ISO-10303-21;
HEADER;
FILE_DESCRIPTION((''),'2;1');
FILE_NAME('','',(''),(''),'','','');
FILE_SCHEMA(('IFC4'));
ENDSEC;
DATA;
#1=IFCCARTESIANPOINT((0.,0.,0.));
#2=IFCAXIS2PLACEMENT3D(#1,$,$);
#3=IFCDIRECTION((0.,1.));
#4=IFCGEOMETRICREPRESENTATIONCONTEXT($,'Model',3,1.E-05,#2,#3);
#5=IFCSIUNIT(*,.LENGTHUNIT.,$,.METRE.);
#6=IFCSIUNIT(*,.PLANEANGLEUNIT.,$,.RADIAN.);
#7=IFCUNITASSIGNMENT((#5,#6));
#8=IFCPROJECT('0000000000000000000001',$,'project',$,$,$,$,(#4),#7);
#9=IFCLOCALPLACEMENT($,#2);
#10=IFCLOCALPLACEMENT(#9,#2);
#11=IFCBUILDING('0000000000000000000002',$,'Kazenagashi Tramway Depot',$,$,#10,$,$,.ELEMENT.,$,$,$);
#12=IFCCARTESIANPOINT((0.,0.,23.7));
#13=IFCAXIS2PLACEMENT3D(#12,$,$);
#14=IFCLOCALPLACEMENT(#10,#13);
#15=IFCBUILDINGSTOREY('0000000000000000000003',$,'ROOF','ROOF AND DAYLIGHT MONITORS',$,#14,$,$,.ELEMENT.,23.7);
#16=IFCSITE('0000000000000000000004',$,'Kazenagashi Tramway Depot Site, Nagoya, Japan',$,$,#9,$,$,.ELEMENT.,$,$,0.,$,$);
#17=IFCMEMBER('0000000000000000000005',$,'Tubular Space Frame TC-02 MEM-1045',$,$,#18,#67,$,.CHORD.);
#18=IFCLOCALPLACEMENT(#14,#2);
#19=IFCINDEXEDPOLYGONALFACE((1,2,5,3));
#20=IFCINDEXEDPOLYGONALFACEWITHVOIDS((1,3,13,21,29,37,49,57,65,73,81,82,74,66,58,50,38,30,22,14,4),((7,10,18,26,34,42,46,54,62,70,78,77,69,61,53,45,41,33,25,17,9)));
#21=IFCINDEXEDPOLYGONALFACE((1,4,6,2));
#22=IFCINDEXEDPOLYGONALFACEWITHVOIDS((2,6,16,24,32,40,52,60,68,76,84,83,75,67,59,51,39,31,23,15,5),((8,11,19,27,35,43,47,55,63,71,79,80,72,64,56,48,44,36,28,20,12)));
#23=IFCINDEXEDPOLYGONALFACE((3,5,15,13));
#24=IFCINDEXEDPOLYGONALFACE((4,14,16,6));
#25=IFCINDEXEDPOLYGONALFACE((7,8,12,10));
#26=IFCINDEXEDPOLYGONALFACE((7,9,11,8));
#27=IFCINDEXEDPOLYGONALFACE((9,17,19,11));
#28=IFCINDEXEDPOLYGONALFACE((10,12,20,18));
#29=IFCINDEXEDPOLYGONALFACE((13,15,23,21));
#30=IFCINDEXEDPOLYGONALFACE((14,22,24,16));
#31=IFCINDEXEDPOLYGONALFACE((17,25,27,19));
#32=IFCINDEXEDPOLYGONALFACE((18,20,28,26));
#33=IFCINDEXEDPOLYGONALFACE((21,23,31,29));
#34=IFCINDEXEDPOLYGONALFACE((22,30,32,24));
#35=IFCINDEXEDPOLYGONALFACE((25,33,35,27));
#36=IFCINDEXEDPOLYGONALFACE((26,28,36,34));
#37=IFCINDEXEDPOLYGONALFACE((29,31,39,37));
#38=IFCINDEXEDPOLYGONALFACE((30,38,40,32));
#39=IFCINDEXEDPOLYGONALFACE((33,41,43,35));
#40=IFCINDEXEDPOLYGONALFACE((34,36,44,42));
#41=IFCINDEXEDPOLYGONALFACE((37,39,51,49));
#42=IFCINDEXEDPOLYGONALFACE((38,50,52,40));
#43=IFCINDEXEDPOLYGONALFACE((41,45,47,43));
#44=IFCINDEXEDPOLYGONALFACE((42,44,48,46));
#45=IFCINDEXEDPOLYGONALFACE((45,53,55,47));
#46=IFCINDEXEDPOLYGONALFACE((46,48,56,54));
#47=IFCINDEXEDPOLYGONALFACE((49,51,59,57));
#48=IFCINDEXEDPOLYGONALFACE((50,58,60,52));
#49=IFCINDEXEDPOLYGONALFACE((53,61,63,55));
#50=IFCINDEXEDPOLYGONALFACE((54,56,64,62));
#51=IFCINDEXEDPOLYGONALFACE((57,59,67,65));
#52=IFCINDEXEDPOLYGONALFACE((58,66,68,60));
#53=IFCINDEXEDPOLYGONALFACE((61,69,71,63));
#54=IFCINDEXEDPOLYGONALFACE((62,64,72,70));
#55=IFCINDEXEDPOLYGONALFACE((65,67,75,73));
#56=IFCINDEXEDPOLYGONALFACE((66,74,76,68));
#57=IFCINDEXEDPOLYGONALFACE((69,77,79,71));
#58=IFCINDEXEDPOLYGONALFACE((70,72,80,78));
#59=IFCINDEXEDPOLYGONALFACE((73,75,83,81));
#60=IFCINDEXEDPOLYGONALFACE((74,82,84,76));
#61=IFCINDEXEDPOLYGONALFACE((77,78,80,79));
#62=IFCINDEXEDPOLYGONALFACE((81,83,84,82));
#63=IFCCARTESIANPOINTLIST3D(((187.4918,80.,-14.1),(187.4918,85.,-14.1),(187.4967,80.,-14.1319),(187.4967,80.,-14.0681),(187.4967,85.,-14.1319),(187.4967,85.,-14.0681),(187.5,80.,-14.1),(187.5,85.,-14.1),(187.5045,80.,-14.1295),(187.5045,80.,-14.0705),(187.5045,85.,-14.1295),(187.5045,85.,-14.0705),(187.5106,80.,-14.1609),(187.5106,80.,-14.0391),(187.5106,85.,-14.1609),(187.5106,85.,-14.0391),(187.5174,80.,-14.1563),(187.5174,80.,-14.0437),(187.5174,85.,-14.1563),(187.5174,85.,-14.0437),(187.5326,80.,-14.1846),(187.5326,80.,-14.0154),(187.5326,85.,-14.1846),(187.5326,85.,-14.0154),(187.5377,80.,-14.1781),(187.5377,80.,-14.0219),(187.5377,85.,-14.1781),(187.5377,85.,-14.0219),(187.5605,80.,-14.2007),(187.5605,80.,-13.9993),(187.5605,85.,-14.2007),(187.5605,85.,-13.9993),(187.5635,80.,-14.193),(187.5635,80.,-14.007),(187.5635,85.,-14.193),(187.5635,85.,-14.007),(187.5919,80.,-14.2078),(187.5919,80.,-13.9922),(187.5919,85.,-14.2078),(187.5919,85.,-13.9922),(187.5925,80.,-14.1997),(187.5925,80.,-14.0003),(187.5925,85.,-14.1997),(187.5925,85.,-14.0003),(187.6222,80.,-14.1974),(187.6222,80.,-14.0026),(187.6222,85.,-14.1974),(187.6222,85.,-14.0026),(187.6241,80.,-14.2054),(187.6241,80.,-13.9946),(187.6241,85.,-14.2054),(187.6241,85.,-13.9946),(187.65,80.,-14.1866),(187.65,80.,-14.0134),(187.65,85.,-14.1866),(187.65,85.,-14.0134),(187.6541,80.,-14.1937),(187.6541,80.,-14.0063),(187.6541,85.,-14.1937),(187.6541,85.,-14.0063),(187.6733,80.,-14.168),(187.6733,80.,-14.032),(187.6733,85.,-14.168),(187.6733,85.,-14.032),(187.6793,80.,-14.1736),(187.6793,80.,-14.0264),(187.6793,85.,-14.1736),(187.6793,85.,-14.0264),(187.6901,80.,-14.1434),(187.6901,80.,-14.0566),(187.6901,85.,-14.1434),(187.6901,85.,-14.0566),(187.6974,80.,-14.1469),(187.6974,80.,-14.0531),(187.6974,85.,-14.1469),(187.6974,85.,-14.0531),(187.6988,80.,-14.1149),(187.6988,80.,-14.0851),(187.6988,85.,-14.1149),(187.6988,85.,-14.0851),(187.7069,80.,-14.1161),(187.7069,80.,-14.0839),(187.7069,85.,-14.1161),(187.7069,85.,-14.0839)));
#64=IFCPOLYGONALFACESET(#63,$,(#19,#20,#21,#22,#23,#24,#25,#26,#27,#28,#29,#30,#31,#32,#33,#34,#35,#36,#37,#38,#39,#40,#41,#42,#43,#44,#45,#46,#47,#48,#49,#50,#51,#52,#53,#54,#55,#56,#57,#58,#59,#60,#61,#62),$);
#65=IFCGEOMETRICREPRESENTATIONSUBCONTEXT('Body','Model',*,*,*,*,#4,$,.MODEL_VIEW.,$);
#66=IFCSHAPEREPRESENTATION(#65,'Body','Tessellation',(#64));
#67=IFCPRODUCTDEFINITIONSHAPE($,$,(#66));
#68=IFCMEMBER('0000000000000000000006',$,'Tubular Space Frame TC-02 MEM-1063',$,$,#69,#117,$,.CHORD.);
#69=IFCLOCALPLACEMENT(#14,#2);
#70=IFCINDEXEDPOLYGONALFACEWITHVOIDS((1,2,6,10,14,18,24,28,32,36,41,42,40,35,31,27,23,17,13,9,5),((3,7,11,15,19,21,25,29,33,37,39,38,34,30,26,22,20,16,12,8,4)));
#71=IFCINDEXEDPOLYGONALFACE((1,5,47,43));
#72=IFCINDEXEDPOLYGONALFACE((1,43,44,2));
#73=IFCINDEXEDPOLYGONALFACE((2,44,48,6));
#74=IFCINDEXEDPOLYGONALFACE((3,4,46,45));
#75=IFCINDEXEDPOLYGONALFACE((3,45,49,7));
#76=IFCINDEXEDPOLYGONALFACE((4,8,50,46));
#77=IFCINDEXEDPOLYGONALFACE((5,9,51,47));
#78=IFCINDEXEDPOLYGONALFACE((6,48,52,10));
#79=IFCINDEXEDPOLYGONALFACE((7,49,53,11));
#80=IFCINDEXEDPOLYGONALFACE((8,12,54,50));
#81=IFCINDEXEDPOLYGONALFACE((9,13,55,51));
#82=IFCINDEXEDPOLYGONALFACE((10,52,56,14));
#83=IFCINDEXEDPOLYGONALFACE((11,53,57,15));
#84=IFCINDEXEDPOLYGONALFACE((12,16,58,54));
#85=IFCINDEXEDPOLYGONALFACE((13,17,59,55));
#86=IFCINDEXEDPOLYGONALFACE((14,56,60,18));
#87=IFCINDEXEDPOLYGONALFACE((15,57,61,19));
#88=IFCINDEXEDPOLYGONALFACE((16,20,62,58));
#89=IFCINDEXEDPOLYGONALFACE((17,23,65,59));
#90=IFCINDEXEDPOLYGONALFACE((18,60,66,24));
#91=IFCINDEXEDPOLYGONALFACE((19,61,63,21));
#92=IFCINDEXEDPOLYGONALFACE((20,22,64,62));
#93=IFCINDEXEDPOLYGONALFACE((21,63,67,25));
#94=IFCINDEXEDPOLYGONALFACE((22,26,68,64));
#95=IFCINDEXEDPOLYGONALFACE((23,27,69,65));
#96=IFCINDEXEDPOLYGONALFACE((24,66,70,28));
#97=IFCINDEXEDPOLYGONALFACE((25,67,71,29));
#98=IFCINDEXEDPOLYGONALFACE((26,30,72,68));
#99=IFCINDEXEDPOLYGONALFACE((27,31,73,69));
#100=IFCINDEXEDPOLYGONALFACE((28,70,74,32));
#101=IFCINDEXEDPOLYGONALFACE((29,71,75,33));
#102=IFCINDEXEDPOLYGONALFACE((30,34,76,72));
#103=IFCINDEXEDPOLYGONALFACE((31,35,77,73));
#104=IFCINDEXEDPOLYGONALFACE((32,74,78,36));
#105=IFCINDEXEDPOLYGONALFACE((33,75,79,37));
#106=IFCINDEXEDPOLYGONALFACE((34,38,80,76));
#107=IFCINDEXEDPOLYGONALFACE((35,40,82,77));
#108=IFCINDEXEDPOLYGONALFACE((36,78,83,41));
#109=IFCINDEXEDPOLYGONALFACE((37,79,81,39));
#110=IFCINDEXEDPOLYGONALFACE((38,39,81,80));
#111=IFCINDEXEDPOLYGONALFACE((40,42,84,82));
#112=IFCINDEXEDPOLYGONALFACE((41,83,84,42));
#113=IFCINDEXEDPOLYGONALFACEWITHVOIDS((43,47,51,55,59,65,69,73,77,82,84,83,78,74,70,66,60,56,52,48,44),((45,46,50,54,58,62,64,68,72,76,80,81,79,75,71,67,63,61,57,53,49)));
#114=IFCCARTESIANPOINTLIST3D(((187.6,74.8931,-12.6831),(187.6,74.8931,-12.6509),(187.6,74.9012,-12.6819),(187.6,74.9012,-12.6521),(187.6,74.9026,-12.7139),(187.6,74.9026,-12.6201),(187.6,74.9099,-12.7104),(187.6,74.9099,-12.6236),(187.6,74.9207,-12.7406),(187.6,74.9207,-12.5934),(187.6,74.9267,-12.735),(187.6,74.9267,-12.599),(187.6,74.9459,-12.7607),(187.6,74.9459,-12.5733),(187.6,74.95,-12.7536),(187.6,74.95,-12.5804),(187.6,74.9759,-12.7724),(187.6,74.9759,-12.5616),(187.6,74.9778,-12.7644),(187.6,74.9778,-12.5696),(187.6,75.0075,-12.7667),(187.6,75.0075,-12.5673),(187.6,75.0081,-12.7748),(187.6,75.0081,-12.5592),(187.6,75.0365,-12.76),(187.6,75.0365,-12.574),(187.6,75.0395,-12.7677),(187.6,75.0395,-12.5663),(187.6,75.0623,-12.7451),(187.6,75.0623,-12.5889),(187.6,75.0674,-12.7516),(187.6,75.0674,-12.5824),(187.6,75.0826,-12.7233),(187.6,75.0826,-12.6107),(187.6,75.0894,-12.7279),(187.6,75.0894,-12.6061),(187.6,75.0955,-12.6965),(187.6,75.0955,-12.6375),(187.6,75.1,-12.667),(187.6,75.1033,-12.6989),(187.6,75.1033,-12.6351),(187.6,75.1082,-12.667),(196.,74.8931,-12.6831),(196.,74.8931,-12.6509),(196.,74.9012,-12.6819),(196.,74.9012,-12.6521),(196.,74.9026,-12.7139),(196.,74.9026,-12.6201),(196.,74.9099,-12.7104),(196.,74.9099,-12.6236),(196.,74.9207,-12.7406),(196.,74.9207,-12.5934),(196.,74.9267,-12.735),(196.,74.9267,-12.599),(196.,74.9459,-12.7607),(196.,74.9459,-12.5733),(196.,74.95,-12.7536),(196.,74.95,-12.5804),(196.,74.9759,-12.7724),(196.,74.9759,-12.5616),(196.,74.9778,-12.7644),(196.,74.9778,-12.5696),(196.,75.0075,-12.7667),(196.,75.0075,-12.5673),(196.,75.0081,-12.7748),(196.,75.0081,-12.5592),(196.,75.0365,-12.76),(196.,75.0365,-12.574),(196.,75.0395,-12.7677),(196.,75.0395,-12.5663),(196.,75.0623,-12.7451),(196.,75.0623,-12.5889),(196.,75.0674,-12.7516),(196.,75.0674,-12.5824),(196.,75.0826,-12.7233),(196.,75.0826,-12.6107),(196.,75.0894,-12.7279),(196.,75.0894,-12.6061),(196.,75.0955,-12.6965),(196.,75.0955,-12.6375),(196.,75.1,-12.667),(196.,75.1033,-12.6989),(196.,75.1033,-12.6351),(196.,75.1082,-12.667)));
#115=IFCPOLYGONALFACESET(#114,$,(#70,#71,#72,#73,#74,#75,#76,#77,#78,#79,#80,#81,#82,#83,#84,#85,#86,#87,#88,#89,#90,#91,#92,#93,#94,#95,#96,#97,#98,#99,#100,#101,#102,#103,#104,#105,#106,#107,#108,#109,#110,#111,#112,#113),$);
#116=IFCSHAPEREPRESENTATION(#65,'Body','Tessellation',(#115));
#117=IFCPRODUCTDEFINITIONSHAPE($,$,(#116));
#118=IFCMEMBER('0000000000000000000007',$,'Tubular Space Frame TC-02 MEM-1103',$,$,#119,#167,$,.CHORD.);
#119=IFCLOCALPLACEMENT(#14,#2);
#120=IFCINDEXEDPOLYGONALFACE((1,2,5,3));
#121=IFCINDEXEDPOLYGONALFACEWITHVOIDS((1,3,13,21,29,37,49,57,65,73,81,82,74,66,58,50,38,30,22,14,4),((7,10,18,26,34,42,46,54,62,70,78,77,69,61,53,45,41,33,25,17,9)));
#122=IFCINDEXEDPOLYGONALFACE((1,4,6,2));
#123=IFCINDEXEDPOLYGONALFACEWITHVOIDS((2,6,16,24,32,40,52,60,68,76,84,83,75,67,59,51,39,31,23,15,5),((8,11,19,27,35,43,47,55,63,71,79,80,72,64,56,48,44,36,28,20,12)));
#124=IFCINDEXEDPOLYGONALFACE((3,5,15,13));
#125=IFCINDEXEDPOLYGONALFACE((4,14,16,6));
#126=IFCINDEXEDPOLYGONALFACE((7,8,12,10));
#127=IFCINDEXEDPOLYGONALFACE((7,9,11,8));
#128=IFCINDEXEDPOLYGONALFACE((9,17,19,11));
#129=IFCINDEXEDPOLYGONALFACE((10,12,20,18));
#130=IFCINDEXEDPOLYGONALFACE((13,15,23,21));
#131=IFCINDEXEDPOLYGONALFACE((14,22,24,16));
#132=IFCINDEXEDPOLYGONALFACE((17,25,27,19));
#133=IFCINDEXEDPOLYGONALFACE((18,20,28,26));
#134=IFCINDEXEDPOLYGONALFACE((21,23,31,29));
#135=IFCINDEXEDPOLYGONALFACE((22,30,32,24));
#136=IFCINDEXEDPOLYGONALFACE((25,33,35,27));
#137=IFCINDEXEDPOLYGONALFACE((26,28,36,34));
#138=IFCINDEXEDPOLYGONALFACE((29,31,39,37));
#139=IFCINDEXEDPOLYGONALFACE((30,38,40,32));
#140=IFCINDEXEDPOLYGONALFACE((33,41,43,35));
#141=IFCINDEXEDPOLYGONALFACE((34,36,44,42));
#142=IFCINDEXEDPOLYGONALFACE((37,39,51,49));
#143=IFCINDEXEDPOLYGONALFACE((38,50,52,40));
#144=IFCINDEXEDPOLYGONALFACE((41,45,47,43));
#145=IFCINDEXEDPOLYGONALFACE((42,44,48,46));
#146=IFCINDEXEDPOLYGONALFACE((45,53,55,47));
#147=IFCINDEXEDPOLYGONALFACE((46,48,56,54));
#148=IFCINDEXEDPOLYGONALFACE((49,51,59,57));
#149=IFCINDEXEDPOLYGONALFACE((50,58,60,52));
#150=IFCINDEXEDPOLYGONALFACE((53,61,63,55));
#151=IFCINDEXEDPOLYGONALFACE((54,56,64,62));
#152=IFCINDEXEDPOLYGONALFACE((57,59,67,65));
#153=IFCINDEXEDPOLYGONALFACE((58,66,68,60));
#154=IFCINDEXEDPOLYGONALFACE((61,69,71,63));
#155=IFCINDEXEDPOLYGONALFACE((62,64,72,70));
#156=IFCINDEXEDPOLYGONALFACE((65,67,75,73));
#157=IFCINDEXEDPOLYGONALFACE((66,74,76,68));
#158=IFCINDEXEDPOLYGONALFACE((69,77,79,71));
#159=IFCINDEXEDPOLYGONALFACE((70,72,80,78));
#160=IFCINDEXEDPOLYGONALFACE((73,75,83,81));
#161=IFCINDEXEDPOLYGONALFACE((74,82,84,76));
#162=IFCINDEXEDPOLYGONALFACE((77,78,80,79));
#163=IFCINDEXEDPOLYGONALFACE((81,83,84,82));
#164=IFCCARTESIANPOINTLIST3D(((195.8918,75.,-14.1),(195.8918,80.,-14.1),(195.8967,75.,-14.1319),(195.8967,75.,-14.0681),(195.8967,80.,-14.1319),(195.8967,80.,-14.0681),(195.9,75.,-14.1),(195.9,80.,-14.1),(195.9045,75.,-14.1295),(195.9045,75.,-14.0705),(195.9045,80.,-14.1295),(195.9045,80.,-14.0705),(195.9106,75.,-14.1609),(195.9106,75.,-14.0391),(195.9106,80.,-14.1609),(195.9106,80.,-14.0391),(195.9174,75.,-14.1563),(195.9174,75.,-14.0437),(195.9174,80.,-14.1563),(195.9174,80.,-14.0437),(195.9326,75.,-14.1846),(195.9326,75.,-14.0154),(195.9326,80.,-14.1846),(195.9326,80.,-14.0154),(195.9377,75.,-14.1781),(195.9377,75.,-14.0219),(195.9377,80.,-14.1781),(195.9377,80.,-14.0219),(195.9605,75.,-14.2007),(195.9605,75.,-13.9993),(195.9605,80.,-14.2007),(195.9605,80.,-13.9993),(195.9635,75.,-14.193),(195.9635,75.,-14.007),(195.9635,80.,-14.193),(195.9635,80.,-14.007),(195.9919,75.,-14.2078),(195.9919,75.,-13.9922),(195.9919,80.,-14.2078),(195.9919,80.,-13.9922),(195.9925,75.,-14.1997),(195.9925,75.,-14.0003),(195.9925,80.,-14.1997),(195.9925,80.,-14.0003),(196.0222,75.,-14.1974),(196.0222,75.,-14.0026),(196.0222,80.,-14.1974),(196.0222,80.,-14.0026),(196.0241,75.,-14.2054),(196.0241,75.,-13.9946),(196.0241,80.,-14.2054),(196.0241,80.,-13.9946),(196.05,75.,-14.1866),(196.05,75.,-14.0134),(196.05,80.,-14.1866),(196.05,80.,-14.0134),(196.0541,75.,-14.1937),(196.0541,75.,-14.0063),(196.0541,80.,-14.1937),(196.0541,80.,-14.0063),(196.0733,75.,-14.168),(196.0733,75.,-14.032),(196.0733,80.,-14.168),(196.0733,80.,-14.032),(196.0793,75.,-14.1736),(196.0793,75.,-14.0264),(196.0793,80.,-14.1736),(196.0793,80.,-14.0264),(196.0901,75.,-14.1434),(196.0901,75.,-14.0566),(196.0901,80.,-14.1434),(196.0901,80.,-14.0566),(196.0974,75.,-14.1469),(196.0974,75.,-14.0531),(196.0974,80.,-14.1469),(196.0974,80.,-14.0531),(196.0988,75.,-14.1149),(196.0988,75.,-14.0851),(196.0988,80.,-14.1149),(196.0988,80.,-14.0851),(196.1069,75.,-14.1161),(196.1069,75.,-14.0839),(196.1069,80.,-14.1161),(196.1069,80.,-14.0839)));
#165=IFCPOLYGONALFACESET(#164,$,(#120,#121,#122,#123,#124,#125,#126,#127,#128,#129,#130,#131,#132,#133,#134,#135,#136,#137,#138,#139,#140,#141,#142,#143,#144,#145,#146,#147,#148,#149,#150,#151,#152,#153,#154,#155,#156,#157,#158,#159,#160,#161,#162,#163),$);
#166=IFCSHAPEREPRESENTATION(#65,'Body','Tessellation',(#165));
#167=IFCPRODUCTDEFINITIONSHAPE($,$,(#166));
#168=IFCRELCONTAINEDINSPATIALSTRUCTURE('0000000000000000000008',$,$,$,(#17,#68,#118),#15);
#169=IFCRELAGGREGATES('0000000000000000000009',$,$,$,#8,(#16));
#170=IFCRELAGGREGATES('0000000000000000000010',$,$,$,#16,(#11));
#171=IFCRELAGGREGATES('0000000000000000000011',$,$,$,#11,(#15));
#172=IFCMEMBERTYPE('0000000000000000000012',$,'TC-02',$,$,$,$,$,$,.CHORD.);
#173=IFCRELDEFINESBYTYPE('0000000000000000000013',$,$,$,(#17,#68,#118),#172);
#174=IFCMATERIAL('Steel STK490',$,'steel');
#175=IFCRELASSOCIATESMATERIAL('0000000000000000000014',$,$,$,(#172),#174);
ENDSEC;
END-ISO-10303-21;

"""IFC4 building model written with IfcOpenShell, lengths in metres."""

from ifc_helpers import new_model, si_unit, direction, frame, origin, origin_2d, place, context, subcontext, project, spatial, hollow_circle, extrude, material, material_profile, profile_set, type_object, element, save


model = new_model("IFC4")

# Units and contexts
model_context = context("Model", 3, precision=1e-05, world=origin(), true_north=direction((0.0, 1.0)))
body_context = subcontext(model_context, "Body", "Model", "MODEL_VIEW")
ifc_project = project(units=[si_unit("LENGTHUNIT", "METRE"), si_unit("PLANEANGLEUNIT", "RADIAN")], contexts=[model_context])

# Site, building, storey
site_placement = place(None, origin())
site = spatial("IfcSite", under=ifc_project, at=site_placement, Name="Kazenagashi Tramway Depot Site, Nagoya, Japan", CompositionType="ELEMENT", RefElevation=0.0)
building_placement = place(site_placement, origin())
building = spatial("IfcBuilding", under=site, at=building_placement, Name="Kazenagashi Tramway Depot", CompositionType="ELEMENT")
storey_placement = place(building_placement, frame((0.0, 0.0, 23.7)))
storey = spatial("IfcBuildingStorey", under=building, at=storey_placement, Name="ROOF", Description="ROOF AND DAYLIGHT MONITORS", CompositionType="ELEMENT", Elevation=23.7)

# Members
ifc_material_1 = material(Name="Steel STK490", Category="steel")
ifc_material_profile_1 = material_profile(ifc_material_1, hollow_circle(Radius=0.1081, WallThickness=0.0082, at=origin_2d()), Name="CHS-216.3x8.2")
ifc_profile_set_1 = profile_set([ifc_material_profile_1], Name="Steel STK490")
member_type_1 = type_object("IfcMemberType", Name="TC-02", PredefinedType="CHORD", material=ifc_profile_set_1)
for number, where, z_axis, x_axis, name in (
    (1, (187.6, 80.0, -14.1), (0.0, 1.0, 0.0), (-1.0, 0.0, 0.0), "Tubular Space Frame TC-02 MEM-1045"),
):
    element("IfcMember", number, at=place(storey_placement, frame(where, z_axis=z_axis, x_axis=x_axis)), inside=storey, type_object=member_type_1, Name=name, PredefinedType="CHORD", context=body_context, shape_type="SweptSolid", body=[
        extrude(hollow_circle(Radius=0.1081, WallThickness=0.0082, at=origin_2d()), origin(), (0.0, 0.0, 1.0), 5.0),
    ])
member_1_placement = place(storey_placement, frame((187.6, 75.0, -12.667), z_axis=(1.0, 0.0, 0.0), x_axis=(0.0, 1.0, 0.0)))
element("IfcMember", 2, at=member_1_placement, inside=storey, type_object=member_type_1, Name="Tubular Space Frame TC-02 MEM-1063", PredefinedType="CHORD", context=body_context, shape_type="SweptSolid", body=[
    extrude(hollow_circle(Radius=0.1081, WallThickness=0.0082, at=origin_2d()), origin(), (0.0, 0.0, 1.0), 8.4),
])
for number, where, z_axis, x_axis, name in (
    (3, (196.0, 75.0, -14.1), (0.0, 1.0, 0.0), (-1.0, 0.0, 0.0), "Tubular Space Frame TC-02 MEM-1103"),
):
    element("IfcMember", number, at=place(storey_placement, frame(where, z_axis=z_axis, x_axis=x_axis)), inside=storey, type_object=member_type_1, Name=name, PredefinedType="CHORD", context=body_context, shape_type="SweptSolid", body=[
        extrude(hollow_circle(Radius=0.1081, WallThickness=0.0082, at=origin_2d()), origin(), (0.0, 0.0, 1.0), 5.0),
    ])

save(model, "model.ifc")
